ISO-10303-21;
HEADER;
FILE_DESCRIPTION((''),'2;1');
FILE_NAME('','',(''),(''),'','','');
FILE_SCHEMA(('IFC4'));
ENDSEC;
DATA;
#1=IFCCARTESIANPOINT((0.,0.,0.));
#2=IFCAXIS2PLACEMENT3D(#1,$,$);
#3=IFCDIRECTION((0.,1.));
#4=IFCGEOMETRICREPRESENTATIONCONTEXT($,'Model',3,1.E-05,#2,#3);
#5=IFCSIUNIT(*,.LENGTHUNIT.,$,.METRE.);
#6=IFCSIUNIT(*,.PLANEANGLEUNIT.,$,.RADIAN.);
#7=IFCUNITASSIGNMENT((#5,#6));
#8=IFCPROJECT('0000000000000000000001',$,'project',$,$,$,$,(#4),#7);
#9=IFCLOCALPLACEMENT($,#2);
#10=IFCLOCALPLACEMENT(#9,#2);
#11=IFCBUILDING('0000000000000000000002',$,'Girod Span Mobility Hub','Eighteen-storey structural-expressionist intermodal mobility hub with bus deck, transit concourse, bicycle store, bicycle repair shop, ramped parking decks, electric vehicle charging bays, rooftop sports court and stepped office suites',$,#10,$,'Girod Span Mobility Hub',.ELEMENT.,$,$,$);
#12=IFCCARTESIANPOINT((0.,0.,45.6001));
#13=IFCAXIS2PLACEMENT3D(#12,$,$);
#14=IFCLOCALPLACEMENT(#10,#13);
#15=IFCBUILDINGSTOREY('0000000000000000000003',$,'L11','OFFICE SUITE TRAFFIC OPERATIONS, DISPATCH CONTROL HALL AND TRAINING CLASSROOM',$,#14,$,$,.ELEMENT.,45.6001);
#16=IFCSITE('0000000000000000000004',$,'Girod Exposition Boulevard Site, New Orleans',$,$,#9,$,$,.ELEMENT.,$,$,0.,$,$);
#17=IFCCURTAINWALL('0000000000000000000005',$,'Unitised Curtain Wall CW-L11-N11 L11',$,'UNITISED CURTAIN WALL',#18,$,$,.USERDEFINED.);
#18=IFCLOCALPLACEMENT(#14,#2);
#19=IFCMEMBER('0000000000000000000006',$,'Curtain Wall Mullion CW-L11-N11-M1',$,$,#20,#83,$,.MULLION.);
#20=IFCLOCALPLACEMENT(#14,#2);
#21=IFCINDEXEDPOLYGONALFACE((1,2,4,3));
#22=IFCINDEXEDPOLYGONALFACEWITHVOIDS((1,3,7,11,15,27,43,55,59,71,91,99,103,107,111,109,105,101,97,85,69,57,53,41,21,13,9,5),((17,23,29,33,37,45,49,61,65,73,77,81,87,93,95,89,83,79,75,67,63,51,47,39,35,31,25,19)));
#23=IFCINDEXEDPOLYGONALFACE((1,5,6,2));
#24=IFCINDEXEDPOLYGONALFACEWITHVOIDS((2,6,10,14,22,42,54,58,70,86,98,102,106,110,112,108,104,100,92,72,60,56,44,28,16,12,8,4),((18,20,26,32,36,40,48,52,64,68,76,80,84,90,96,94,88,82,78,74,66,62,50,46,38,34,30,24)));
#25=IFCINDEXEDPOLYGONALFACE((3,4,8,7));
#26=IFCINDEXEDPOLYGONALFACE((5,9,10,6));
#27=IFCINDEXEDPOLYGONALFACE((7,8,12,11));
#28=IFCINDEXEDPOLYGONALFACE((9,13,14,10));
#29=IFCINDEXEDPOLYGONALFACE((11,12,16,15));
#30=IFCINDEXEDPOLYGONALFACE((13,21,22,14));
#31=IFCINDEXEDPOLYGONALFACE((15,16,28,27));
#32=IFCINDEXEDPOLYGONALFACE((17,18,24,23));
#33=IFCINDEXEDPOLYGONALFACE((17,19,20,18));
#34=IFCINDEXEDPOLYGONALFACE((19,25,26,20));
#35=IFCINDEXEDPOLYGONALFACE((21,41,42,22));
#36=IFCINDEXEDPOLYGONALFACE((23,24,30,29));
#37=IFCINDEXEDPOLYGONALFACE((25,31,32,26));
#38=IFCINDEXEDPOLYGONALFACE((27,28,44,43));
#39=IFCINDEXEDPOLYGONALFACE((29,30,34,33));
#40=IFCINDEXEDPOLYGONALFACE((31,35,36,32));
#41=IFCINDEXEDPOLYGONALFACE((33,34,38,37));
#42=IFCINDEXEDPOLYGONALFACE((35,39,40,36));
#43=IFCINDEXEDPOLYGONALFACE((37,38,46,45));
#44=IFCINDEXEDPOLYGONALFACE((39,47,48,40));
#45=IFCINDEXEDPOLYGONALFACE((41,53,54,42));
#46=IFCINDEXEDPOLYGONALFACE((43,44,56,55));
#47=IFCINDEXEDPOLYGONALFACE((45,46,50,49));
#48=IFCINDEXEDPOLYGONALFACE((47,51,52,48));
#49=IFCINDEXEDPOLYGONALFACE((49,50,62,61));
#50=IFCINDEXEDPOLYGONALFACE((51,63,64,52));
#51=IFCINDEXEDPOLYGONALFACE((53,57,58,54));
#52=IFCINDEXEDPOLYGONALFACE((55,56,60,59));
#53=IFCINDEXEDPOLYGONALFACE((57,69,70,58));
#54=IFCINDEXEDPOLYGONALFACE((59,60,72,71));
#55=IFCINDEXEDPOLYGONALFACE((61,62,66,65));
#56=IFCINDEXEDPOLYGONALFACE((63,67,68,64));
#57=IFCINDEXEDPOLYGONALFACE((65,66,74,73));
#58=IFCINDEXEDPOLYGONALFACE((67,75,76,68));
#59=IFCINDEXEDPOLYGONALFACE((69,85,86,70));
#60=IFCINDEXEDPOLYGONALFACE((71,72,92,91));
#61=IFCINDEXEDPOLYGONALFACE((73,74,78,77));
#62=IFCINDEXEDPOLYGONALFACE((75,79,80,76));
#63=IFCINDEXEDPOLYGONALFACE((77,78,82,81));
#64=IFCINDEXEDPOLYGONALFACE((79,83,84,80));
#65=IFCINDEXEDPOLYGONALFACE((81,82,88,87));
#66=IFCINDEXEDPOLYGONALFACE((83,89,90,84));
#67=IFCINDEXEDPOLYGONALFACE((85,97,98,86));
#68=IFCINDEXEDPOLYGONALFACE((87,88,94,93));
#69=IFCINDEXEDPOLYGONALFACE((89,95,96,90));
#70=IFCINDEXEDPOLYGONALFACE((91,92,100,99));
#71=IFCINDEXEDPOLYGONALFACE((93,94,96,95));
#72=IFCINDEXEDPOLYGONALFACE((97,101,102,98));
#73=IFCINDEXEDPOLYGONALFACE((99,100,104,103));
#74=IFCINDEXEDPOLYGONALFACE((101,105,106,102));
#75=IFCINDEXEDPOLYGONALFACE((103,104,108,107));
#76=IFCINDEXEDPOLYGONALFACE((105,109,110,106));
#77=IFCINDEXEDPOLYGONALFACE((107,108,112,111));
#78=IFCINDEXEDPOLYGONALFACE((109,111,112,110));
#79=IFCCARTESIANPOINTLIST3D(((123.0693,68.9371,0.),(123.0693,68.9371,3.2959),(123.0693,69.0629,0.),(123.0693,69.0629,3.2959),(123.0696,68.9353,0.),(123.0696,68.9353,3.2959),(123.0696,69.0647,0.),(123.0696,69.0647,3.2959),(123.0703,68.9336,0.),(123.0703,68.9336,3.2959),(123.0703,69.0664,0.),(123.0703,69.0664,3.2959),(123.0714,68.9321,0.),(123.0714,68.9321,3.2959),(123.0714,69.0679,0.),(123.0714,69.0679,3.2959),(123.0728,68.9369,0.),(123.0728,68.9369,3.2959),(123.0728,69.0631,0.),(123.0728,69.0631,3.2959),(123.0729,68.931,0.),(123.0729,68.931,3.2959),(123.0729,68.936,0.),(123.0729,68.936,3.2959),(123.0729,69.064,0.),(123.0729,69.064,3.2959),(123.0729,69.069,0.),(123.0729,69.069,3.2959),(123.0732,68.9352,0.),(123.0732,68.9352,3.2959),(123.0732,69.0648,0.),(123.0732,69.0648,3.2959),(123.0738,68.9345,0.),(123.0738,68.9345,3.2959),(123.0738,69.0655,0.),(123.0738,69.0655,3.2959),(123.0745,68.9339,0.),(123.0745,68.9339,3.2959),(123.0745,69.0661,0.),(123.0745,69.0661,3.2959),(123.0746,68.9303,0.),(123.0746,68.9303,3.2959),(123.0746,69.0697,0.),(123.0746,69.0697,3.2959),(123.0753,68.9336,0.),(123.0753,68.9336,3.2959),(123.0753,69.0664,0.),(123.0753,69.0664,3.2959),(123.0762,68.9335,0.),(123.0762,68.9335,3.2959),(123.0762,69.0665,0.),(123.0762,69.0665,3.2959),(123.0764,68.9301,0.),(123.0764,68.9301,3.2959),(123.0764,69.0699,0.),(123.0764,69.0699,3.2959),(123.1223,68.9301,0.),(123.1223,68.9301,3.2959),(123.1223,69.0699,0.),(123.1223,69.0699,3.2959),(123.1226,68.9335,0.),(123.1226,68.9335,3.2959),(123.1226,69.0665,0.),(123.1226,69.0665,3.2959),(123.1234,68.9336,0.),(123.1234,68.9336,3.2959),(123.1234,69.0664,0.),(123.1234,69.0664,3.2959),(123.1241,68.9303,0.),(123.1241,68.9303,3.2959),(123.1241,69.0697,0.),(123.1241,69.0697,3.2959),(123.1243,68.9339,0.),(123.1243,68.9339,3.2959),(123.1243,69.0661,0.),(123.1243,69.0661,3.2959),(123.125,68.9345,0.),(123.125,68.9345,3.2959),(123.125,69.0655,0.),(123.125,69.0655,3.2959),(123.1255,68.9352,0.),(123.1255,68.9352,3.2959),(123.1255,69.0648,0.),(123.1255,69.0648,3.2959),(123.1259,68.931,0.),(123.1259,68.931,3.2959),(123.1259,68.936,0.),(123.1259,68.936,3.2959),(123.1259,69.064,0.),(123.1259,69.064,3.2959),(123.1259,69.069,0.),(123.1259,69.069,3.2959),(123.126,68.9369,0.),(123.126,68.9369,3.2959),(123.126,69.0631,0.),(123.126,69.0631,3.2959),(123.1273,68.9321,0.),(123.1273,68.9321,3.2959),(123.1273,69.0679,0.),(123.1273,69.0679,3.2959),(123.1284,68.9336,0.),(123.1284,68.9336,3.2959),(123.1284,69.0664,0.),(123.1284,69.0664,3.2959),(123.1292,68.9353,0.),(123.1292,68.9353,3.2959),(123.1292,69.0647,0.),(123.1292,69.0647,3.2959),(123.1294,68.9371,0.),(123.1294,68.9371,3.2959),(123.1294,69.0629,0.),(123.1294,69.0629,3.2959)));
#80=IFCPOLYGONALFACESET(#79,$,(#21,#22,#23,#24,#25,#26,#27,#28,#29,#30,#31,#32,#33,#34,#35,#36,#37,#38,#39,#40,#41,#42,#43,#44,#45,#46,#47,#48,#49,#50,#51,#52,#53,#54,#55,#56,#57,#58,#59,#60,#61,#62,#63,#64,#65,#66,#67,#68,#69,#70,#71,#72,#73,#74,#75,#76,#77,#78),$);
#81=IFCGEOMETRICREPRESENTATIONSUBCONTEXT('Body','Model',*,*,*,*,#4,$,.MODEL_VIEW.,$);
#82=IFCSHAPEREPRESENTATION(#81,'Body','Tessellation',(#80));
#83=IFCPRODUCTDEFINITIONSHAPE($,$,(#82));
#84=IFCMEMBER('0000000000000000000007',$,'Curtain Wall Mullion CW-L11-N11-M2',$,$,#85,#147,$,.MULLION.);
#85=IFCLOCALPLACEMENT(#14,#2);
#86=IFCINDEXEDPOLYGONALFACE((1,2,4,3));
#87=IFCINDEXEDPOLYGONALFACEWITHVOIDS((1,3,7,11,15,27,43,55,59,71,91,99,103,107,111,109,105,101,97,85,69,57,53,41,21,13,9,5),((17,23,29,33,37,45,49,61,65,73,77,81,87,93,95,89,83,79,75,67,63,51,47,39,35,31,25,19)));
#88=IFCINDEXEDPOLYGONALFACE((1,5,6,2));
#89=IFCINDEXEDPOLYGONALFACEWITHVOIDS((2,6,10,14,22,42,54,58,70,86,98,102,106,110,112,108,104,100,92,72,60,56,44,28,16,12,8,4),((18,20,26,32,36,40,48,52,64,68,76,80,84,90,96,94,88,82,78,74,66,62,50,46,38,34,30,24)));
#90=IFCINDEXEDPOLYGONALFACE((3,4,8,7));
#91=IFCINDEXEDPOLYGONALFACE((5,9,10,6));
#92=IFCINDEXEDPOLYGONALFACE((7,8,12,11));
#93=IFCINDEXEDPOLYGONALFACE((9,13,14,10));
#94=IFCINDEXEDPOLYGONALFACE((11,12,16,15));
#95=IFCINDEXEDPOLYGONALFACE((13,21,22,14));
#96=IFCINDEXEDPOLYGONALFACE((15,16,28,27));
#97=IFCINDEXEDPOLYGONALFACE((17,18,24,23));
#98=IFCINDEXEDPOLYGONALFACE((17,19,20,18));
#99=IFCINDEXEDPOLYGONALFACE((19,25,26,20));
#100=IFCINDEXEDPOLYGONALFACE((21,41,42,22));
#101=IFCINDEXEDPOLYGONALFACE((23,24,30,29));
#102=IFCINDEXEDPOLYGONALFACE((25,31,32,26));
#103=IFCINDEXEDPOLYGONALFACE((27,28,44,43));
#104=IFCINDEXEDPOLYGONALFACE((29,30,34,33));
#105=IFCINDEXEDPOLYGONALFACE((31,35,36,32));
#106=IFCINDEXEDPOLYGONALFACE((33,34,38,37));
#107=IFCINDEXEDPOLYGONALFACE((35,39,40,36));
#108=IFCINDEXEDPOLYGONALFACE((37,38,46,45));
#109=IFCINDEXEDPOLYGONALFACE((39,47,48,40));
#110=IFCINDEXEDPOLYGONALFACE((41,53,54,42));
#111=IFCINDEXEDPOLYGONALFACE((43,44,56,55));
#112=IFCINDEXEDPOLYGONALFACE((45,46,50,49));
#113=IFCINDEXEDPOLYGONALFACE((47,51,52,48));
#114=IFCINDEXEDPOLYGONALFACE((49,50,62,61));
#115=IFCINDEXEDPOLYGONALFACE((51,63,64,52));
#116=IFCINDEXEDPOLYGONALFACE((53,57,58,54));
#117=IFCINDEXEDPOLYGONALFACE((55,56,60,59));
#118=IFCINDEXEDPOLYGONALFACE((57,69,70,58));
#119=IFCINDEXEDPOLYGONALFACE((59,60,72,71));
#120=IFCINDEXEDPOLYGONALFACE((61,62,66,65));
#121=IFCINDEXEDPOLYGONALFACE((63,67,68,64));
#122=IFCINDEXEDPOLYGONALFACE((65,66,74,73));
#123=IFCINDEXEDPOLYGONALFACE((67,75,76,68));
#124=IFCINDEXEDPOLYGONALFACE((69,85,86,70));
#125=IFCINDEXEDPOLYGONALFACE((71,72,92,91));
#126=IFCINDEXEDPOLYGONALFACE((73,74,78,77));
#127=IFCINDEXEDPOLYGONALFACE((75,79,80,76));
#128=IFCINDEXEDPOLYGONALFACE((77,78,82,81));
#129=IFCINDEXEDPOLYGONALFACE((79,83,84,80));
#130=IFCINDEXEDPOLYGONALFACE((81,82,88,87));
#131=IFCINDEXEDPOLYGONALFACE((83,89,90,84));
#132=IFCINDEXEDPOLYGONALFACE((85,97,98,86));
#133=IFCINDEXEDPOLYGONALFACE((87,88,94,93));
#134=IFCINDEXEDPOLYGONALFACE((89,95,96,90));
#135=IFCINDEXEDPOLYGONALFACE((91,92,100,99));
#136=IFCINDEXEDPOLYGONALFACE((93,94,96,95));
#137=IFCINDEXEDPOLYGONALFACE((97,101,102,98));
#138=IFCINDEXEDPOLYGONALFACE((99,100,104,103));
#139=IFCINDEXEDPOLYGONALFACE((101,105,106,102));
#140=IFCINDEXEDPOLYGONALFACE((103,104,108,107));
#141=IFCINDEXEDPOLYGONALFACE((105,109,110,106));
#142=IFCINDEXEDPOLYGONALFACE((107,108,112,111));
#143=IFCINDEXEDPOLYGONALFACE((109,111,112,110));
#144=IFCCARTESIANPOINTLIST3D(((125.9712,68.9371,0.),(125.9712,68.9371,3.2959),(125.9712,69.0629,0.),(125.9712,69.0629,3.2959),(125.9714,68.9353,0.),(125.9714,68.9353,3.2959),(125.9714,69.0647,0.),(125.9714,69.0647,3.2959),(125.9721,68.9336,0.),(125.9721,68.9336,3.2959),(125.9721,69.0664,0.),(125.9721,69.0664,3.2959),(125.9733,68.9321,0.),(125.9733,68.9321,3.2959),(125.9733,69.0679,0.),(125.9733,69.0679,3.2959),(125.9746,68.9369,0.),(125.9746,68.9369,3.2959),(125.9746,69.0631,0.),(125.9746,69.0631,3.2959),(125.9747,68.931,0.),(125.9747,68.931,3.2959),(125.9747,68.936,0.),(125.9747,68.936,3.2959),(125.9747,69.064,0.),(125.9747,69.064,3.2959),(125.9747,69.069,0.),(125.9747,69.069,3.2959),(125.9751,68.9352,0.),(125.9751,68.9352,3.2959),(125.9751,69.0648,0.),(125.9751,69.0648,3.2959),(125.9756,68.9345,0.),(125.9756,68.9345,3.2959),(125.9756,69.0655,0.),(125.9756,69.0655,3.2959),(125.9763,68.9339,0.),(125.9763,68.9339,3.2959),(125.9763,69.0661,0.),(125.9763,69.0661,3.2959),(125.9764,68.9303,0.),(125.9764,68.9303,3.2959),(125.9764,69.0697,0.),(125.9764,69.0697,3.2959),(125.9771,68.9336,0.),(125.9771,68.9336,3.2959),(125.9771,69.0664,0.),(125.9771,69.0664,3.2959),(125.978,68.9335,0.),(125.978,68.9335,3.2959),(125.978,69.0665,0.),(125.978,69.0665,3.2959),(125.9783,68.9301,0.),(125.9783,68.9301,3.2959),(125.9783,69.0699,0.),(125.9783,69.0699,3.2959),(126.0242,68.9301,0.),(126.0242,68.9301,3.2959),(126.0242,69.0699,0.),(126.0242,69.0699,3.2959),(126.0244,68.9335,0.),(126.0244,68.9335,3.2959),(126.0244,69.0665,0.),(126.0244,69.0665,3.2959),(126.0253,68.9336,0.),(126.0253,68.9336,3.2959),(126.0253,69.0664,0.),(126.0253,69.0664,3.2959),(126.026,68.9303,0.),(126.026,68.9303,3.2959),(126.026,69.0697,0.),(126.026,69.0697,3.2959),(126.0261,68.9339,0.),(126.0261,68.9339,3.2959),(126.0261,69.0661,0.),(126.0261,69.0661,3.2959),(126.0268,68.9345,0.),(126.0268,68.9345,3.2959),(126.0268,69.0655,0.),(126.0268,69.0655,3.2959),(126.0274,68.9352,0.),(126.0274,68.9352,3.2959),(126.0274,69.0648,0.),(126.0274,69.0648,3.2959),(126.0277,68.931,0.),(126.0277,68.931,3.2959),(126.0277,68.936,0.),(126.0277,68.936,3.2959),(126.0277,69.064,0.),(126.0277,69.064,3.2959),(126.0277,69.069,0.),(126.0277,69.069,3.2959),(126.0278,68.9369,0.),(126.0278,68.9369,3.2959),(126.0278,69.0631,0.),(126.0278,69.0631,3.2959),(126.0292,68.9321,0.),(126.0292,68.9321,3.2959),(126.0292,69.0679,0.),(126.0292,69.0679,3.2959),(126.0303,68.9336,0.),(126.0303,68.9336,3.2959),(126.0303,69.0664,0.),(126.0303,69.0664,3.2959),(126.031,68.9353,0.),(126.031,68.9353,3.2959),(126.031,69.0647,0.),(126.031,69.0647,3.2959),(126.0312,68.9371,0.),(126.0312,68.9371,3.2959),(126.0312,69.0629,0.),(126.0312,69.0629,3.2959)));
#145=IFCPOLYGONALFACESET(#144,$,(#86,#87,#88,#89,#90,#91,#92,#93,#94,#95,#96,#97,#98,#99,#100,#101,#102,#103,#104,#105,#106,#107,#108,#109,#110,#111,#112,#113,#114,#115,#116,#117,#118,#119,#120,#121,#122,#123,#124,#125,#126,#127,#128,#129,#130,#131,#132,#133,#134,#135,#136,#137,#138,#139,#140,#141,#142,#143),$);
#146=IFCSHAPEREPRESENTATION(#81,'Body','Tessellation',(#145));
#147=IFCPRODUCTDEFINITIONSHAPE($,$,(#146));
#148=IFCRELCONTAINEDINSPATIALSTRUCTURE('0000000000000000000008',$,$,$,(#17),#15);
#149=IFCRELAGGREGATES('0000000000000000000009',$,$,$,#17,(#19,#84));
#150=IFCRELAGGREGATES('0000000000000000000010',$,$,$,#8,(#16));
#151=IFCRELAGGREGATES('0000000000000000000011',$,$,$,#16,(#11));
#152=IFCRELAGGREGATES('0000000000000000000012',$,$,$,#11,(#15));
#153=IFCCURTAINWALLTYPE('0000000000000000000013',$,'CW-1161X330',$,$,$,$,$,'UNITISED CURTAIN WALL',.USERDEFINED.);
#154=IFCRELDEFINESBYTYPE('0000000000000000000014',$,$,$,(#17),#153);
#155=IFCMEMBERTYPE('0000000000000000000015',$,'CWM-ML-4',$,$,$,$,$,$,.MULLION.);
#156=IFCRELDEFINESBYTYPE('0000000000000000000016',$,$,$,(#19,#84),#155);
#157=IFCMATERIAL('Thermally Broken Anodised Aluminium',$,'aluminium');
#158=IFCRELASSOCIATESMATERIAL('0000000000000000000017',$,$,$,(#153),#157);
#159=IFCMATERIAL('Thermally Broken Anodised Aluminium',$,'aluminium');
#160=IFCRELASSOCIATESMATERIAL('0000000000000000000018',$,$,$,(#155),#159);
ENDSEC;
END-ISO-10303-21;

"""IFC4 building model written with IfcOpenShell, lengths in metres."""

from ifc_helpers import new_model, si_unit, direction, frame, origin, origin_2d, place, context, subcontext, project, spatial, hollow_rectangle, extrude, material, material_profile, profile_set, type_object, element, aggregate, save


model = new_model("IFC4")

# Units and contexts
model_context = context("Model", 3, precision=1e-05, world=origin(), true_north=direction((0.0, 1.0)))
body_context = subcontext(model_context, "Body", "Model", "MODEL_VIEW")
ifc_project = project(units=[si_unit("LENGTHUNIT", "METRE"), si_unit("PLANEANGLEUNIT", "RADIAN")], contexts=[model_context])

# Site, building, storey
site_placement = place(None, origin())
site = spatial("IfcSite", under=ifc_project, at=site_placement, Name="Girod Exposition Boulevard Site, New Orleans", CompositionType="ELEMENT", RefElevation=0.0)
building_placement = place(site_placement, origin())
building = spatial("IfcBuilding", under=site, at=building_placement, Name="Girod Span Mobility Hub", Description="Eighteen-storey structural-expressionist intermodal mobility hub with bus deck, transit concourse, bicycle store, bicycle repair shop, ramped parking decks, electric vehicle charging bays, rooftop sports court and stepped office suites", LongName="Girod Span Mobility Hub", CompositionType="ELEMENT")
storey_placement = place(building_placement, frame((0.0, 0.0, 45.6001)))
storey = spatial("IfcBuildingStorey", under=building, at=storey_placement, Name="L11", Description="OFFICE SUITE TRAFFIC OPERATIONS, DISPATCH CONTROL HALL AND TRAINING CLASSROOM", CompositionType="ELEMENT", Elevation=45.6001)

# Curtain wall, members
ifc_material_1 = material(Name="Thermally Broken Anodised Aluminium", Category="aluminium")
curtain_wall_type = type_object("IfcCurtainWallType", Name="CW-1161X330", ElementType="UNITISED CURTAIN WALL", PredefinedType="USERDEFINED", material=ifc_material_1)
curtain_wall_placement = place(storey_placement, origin())
curtain_wall = element("IfcCurtainWall", 1, at=curtain_wall_placement, inside=storey, type_object=curtain_wall_type, Name="Unitised Curtain Wall CW-L11-N11 L11", ObjectType="UNITISED CURTAIN WALL", PredefinedType="USERDEFINED")
ifc_material_2 = material(Name="Thermally Broken Anodised Aluminium", Category="aluminium")
ifc_material_profile_1 = material_profile(ifc_material_2, hollow_rectangle(XDim=0.1399, YDim=0.0601, WallThickness=0.0034, InnerFilletRadius=0.0034, OuterFilletRadius=0.0071, at=origin_2d()), Name="CW-ML-60X140")
ifc_profile_set_1 = profile_set([ifc_material_profile_1], Name="Thermally Broken Anodised Aluminium")
member_type_1 = type_object("IfcMemberType", Name="CWM-ML-4", PredefinedType="MULLION", material=ifc_profile_set_1)
member_1_placement = place(storey_placement, frame((123.0994, 69.0, 0.0), z_axis=(0.0, 0.0, 1.0), x_axis=(0.0, 1.0, 0.0)))
member_1 = element("IfcMember", 2, at=member_1_placement, type_object=member_type_1, Name="Curtain Wall Mullion CW-L11-N11-M1", PredefinedType="MULLION", context=body_context, shape_type="SweptSolid", body=[
    extrude(hollow_rectangle(XDim=0.1399, YDim=0.0601, WallThickness=0.0034, InnerFilletRadius=0.0034, OuterFilletRadius=0.0071, at=origin_2d()), origin(), (0.0, 0.0, 1.0), 3.2959),
])
member_2_placement = place(storey_placement, frame((126.0012, 69.0, 0.0), z_axis=(0.0, 0.0, 1.0), x_axis=(0.0, 1.0, 0.0)))
member_2 = element("IfcMember", 3, at=member_2_placement, type_object=member_type_1, Name="Curtain Wall Mullion CW-L11-N11-M2", PredefinedType="MULLION", context=body_context, shape_type="SweptSolid", body=[
    extrude(hollow_rectangle(XDim=0.1399, YDim=0.0601, WallThickness=0.0034, InnerFilletRadius=0.0034, OuterFilletRadius=0.0071, at=origin_2d()), origin(), (0.0, 0.0, 1.0), 3.2959),
])

aggregate(curtain_wall, [member_1, member_2])

save(model, "model.ifc")
